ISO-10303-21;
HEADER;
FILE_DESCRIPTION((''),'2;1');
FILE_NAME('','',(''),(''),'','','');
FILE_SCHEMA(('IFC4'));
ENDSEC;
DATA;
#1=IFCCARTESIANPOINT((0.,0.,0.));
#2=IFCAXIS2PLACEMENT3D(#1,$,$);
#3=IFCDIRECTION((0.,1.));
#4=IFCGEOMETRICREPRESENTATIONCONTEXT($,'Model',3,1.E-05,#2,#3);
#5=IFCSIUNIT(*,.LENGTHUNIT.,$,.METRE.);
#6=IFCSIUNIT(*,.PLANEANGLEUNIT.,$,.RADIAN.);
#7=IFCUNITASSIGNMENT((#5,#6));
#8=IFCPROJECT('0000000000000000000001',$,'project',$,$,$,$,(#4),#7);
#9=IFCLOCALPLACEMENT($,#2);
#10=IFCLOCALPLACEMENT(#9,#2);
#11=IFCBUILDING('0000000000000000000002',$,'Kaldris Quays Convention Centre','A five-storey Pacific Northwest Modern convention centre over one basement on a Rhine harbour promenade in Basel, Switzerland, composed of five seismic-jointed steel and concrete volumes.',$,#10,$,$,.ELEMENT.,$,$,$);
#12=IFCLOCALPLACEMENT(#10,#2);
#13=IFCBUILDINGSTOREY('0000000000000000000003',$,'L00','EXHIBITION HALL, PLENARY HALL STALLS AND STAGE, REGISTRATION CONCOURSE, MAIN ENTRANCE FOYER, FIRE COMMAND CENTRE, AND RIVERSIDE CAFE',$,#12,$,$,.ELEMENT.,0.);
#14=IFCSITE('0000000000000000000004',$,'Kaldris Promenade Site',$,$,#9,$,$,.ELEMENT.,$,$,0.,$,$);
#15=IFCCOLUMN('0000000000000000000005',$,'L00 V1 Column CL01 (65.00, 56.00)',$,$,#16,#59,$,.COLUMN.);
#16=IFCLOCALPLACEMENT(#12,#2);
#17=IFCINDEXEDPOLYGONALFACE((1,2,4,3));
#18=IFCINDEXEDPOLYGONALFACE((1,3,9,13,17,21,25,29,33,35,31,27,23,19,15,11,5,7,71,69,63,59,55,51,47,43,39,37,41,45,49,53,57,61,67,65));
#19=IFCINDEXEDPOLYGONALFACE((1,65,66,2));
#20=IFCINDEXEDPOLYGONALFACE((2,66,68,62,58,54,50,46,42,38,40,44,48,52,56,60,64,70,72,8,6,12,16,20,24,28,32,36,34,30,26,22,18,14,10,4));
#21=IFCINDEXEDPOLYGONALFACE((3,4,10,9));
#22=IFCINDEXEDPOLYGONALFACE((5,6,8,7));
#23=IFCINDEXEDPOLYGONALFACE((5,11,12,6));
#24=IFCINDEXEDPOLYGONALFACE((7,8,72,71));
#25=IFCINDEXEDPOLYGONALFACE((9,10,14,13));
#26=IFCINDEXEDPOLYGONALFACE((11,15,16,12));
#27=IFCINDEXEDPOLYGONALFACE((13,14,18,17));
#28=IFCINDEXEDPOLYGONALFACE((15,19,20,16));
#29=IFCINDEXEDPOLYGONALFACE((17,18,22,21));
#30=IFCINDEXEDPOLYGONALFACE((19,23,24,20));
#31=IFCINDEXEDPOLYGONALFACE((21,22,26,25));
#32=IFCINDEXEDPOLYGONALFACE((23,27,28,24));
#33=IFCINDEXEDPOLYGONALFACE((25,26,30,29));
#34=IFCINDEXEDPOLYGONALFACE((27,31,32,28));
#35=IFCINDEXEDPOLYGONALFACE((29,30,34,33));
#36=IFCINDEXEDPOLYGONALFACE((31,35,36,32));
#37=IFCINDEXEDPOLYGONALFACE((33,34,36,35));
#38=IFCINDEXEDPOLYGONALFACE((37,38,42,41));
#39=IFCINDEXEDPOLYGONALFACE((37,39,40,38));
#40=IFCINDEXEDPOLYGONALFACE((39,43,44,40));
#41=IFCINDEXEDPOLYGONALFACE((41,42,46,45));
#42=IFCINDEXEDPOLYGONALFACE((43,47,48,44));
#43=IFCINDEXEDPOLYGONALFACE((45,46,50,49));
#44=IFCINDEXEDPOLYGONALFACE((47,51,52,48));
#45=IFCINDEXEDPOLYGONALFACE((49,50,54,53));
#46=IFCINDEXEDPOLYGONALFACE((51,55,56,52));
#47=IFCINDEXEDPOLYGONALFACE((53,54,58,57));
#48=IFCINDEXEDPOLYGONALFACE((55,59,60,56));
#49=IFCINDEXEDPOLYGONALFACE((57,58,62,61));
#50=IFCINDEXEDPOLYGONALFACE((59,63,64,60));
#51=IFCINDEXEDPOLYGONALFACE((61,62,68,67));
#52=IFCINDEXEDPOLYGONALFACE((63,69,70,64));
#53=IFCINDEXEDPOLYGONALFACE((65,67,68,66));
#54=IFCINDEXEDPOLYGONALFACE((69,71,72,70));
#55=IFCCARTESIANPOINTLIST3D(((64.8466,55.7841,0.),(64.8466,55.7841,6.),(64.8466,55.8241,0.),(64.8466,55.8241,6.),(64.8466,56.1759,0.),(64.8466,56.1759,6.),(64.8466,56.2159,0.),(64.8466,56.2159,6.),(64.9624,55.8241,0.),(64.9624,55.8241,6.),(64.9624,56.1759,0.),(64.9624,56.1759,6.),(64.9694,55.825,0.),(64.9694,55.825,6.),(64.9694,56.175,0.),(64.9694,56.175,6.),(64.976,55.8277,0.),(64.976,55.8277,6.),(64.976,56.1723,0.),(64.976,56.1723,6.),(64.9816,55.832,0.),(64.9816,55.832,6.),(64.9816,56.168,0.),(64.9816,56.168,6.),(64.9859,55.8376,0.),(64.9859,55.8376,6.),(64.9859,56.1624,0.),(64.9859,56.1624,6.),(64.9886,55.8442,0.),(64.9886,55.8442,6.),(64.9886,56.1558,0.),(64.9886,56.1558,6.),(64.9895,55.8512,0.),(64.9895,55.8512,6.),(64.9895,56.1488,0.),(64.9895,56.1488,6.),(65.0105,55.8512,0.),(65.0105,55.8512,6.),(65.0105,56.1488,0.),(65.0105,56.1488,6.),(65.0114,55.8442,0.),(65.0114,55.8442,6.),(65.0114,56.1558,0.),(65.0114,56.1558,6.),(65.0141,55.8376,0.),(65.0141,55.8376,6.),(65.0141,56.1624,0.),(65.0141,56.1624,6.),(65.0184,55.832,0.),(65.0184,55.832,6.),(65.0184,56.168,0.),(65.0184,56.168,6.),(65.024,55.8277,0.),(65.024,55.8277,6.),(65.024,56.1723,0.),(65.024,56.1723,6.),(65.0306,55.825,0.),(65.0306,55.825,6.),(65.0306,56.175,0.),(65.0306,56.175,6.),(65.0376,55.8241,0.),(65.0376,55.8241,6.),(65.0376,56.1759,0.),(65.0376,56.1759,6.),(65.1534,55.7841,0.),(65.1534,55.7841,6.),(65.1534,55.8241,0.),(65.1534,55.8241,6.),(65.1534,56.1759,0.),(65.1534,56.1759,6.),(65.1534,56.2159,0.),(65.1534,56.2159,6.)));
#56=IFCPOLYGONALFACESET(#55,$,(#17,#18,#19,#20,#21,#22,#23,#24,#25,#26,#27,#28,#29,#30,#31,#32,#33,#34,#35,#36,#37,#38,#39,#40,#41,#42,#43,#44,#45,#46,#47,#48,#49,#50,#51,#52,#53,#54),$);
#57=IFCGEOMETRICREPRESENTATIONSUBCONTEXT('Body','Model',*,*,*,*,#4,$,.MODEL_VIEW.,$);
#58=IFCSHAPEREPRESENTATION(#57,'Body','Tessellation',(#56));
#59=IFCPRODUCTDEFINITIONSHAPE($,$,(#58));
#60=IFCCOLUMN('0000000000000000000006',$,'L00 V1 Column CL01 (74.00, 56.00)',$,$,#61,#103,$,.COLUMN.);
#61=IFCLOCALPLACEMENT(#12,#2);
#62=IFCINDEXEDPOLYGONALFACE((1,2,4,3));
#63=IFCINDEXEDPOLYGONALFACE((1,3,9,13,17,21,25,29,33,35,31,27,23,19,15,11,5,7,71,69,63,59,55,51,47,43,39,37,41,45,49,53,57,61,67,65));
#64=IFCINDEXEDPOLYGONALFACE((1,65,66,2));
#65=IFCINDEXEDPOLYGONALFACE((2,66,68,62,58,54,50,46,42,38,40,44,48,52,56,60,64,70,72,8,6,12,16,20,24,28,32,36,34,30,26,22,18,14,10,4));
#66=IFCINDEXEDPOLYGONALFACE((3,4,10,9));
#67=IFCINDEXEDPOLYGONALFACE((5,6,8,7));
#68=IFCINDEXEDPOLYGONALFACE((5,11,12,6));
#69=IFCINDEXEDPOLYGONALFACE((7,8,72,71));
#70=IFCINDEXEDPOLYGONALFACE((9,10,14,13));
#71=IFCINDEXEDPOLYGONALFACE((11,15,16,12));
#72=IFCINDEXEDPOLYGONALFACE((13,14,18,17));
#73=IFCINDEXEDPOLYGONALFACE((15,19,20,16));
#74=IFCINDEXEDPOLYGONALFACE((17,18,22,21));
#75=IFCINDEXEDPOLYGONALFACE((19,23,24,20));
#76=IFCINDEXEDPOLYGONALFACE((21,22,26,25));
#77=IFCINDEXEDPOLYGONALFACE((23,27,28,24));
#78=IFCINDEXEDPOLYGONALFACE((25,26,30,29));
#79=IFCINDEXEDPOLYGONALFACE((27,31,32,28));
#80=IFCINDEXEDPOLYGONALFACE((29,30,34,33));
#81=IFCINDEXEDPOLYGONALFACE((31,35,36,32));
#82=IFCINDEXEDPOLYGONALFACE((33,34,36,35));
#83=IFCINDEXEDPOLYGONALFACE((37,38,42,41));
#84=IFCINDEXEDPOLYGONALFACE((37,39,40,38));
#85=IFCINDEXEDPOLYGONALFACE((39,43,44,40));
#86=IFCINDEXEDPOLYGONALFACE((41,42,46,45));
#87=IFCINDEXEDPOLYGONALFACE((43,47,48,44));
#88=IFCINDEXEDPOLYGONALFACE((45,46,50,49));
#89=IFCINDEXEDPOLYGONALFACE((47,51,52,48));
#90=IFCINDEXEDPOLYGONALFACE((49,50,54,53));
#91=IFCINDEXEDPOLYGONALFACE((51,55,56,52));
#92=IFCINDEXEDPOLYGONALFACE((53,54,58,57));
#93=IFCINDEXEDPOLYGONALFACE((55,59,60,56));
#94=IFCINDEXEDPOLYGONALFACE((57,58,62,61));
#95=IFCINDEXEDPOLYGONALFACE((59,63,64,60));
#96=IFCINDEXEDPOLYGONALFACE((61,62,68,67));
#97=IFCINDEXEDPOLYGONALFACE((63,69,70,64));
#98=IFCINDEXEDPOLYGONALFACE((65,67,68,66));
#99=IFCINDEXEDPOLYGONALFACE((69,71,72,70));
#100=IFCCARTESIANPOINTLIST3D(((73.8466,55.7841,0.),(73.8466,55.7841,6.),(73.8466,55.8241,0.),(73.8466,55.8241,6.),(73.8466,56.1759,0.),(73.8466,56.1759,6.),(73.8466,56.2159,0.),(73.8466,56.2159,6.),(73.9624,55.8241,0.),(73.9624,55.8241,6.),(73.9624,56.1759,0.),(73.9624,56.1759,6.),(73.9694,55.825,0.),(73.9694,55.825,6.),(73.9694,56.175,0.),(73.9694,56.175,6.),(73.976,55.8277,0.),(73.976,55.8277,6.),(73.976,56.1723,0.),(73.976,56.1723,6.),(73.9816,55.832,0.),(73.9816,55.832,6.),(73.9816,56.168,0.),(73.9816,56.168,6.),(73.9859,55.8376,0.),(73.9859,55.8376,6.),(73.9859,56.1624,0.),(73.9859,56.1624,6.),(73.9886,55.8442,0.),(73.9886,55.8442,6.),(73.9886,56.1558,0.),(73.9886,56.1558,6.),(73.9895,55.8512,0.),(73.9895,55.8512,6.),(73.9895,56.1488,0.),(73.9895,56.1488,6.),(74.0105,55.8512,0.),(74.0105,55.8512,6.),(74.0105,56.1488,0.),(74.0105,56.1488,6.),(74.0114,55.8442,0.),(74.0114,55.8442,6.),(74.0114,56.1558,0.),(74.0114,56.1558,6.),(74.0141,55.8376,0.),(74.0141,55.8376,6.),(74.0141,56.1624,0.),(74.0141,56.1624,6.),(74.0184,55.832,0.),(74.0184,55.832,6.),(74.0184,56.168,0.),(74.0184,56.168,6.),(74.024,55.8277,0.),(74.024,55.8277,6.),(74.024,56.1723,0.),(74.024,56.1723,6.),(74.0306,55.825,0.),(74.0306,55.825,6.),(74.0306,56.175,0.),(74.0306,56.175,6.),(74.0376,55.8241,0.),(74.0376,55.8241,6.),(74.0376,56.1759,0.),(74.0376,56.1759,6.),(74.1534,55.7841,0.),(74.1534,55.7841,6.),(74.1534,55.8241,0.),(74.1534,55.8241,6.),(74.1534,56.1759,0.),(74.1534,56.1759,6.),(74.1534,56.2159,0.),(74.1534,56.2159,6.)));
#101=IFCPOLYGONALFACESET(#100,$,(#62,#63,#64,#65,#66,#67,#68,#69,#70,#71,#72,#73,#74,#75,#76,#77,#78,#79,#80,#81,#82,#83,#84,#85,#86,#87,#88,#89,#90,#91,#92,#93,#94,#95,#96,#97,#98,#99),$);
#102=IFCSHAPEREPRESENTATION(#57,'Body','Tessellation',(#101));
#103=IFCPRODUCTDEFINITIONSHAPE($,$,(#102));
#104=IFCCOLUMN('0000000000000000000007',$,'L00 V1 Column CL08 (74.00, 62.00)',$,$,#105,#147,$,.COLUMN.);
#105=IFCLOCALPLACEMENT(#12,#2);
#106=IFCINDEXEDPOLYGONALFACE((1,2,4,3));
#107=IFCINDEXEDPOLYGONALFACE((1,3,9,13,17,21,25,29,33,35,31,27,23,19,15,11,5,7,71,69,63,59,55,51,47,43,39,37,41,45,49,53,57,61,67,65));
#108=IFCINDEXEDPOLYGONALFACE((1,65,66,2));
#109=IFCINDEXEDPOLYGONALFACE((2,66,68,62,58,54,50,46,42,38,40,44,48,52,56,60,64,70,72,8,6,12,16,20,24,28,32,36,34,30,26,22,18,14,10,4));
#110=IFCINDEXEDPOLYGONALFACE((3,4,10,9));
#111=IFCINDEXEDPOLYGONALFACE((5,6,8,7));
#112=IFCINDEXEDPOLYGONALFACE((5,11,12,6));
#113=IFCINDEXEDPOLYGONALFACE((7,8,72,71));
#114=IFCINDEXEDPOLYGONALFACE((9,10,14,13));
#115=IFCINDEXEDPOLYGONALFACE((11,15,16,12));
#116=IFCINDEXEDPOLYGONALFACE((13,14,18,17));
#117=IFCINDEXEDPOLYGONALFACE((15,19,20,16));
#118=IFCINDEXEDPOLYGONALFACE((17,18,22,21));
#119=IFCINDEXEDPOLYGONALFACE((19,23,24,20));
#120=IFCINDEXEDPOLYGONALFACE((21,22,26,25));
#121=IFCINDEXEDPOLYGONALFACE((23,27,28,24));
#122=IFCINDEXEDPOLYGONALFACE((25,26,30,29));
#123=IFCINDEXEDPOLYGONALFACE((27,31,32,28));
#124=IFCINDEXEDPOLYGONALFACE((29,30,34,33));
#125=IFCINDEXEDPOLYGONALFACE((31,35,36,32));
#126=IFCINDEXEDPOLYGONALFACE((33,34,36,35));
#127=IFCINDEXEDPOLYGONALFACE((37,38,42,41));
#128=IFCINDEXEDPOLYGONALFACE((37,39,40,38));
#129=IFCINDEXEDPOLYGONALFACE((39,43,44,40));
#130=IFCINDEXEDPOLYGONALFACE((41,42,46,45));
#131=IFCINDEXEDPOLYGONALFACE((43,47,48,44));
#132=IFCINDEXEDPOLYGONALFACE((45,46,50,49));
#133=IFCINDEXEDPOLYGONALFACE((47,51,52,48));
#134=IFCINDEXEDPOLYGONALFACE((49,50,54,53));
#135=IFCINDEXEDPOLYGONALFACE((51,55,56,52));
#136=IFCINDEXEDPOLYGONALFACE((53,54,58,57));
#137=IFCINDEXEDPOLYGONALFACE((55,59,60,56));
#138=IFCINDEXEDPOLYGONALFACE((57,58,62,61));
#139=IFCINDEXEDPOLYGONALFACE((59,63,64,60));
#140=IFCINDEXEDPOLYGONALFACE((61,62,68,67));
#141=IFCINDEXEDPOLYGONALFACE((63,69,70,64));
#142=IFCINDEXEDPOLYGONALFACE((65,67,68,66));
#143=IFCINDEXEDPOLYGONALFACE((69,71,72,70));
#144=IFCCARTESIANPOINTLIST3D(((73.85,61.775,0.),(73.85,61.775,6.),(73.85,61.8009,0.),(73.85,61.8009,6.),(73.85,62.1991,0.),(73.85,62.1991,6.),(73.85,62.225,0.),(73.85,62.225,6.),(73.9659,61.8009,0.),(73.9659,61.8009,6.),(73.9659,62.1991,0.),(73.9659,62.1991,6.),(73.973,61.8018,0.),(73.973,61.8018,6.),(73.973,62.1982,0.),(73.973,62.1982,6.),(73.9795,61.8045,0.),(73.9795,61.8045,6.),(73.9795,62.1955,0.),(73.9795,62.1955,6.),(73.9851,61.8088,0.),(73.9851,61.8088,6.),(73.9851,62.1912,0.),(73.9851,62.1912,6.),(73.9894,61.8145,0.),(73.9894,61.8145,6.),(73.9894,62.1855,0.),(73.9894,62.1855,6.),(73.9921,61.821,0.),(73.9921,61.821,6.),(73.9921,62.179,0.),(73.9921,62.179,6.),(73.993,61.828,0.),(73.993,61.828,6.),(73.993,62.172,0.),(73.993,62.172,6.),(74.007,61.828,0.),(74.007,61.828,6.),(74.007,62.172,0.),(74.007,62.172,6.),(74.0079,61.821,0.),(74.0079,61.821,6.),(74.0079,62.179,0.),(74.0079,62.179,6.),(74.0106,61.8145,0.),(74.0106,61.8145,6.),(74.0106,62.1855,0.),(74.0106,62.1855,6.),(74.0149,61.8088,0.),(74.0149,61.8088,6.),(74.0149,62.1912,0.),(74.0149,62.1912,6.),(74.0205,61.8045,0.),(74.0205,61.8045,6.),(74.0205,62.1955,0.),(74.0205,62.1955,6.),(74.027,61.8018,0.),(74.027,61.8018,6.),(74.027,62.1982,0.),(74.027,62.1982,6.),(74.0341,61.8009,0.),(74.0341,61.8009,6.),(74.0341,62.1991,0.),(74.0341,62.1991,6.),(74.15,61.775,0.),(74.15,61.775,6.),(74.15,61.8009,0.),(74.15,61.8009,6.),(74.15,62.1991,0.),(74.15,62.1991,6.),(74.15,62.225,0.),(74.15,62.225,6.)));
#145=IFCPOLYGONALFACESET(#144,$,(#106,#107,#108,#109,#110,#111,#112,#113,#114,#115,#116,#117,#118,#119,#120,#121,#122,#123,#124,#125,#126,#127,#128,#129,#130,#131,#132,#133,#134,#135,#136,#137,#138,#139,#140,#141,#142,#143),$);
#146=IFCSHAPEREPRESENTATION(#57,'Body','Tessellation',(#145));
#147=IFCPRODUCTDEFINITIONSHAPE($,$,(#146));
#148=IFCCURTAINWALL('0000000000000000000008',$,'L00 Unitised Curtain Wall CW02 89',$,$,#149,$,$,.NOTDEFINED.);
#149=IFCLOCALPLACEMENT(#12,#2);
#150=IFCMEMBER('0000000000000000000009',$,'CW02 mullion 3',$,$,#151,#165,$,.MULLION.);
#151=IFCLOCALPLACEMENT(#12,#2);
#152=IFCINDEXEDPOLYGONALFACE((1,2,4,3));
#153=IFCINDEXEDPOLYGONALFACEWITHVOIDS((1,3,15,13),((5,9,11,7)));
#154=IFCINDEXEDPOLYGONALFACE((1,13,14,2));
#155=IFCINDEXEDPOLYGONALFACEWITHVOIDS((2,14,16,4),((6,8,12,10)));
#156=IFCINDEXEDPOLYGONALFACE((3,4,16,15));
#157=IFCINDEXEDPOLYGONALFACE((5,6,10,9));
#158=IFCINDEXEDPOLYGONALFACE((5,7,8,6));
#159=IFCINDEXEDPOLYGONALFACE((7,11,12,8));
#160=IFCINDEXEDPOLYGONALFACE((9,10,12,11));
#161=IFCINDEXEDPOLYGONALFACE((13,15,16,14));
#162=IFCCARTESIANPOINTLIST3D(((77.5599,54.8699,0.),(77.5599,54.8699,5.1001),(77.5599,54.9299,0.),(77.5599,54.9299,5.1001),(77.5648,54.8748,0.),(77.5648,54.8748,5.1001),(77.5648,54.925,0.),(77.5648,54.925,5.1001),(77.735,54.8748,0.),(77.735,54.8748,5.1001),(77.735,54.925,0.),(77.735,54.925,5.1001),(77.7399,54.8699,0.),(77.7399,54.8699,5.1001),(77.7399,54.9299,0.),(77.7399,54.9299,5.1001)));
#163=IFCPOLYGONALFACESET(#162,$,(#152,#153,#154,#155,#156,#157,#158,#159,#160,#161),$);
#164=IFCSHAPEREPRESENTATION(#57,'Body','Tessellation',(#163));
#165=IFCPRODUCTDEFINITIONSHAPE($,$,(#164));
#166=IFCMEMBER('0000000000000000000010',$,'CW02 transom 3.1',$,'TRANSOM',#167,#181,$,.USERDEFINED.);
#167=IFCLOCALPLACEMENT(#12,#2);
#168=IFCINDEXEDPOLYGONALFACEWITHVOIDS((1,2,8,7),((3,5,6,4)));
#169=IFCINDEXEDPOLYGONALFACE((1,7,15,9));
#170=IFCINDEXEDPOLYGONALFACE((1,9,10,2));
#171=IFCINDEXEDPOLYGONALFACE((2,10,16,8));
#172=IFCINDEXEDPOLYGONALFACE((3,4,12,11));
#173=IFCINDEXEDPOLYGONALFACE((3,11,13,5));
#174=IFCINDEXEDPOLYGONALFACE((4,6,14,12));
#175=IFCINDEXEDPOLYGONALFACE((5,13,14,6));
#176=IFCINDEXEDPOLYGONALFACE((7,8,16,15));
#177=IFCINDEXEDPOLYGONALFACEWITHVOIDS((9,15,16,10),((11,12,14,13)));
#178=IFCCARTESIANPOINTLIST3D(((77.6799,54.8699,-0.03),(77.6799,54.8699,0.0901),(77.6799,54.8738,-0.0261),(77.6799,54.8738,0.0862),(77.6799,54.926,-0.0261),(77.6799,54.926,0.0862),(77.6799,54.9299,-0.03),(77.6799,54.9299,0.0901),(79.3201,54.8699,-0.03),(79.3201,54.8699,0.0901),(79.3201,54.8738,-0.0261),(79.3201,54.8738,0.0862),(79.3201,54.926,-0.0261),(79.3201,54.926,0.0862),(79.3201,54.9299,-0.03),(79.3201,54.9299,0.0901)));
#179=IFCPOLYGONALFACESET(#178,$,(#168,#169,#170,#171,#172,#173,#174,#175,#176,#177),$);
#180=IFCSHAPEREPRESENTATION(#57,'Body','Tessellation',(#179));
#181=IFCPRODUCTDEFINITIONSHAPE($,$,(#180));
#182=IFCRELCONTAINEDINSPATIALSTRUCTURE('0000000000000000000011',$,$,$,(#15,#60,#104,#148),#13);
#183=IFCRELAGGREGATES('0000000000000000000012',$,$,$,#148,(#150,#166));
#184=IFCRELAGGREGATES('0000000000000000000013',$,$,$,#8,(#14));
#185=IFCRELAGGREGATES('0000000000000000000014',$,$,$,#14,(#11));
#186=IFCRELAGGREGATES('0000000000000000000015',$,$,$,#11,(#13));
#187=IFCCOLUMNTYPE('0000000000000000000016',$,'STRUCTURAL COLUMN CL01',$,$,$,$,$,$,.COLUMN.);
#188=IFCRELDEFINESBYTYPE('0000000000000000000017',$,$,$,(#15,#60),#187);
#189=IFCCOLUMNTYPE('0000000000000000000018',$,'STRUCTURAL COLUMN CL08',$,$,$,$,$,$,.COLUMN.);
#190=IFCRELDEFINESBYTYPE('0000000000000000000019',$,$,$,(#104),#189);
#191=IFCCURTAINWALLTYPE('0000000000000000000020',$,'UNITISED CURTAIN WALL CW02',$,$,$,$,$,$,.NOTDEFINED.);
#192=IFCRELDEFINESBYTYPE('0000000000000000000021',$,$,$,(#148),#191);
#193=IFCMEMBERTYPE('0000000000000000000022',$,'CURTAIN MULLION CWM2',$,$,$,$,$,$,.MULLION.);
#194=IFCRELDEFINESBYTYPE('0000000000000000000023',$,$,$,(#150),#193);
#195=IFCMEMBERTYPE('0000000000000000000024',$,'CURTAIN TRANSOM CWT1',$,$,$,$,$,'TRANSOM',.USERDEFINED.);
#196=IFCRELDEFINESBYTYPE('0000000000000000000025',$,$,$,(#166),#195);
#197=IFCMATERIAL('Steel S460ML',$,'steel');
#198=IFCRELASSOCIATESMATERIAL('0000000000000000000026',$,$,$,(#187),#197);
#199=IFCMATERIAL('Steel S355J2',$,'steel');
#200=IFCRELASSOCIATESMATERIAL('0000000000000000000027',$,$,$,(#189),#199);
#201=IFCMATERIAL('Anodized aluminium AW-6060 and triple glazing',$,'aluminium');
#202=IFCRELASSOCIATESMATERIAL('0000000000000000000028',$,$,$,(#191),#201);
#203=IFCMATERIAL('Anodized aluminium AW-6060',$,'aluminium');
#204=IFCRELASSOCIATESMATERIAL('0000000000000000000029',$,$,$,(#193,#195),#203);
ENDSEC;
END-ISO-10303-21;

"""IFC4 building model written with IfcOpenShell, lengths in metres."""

from ifc_helpers import new_model, si_unit, direction, frame, origin, origin_2d, place, context, subcontext, project, spatial, hollow_rectangle, i_section, extrude, material, material_profile, profile_set, type_object, element, aggregate, save


model = new_model("IFC4")

# Units and contexts
model_context = context("Model", 3, precision=1e-05, world=origin(), true_north=direction((0.0, 1.0)))
body_context = subcontext(model_context, "Body", "Model", "MODEL_VIEW")
ifc_project = project(units=[si_unit("LENGTHUNIT", "METRE"), si_unit("PLANEANGLEUNIT", "RADIAN")], contexts=[model_context])

# Site, building, storey
site_placement = place(None, origin())
site = spatial("IfcSite", under=ifc_project, at=site_placement, Name="Kaldris Promenade Site", CompositionType="ELEMENT", RefElevation=0.0)
building_placement = place(site_placement, origin())
building = spatial("IfcBuilding", under=site, at=building_placement, Name="Kaldris Quays Convention Centre", Description="A five-storey Pacific Northwest Modern convention centre over one basement on a Rhine harbour promenade in Basel, Switzerland, composed of five seismic-jointed steel and concrete volumes.", CompositionType="ELEMENT")
storey_placement = place(building_placement, origin())
storey = spatial("IfcBuildingStorey", under=building, at=storey_placement, Name="L00", Description="EXHIBITION HALL, PLENARY HALL STALLS AND STAGE, REGISTRATION CONCOURSE, MAIN ENTRANCE FOYER, FIRE COMMAND CENTRE, AND RIVERSIDE CAFE", CompositionType="ELEMENT", Elevation=0.0)

# Columns
ifc_material_1 = material(Name="Steel S460ML", Category="steel")
ifc_material_profile_1 = material_profile(ifc_material_1, i_section(OverallWidth=0.3069, OverallDepth=0.4319, WebThickness=0.021, FlangeThickness=0.04, FilletRadius=0.0271, at=origin_2d()), Name="HEM 400")
ifc_profile_set_1 = profile_set([ifc_material_profile_1], Name="Steel S460ML")
column_type_1 = type_object("IfcColumnType", Name="STRUCTURAL COLUMN CL01", PredefinedType="COLUMN", material=ifc_profile_set_1)
for number, where, z_axis, x_axis, name in (
    (1, (65.0, 56.0, 0.0), (0.0, 0.0, 1.0), (1.0, 0.0, 0.0), "L00 V1 Column CL01 (65.00, 56.00)"),
    (2, (74.0, 56.0, 0.0), (0.0, 0.0, 1.0), (1.0, 0.0, 0.0), "L00 V1 Column CL01 (74.00, 56.00)"),
):
    element("IfcColumn", number, at=place(storey_placement, frame(where, z_axis=z_axis, x_axis=x_axis)), inside=storey, type_object=column_type_1, Name=name, PredefinedType="COLUMN", context=body_context, shape_type="SweptSolid", body=[
        extrude(i_section(OverallWidth=0.3069, OverallDepth=0.4319, WebThickness=0.021, FlangeThickness=0.04, FilletRadius=0.0271, at=origin_2d()), origin(), (0.0, 0.0, 1.0), 6.0),
    ])
ifc_material_2 = material(Name="Steel S355J2", Category="steel")
ifc_material_profile_2 = material_profile(ifc_material_2, i_section(OverallWidth=0.3, OverallDepth=0.45, WebThickness=0.0139, FlangeThickness=0.0259, FilletRadius=0.0271, at=origin_2d()), Name="HEB 450")
ifc_profile_set_2 = profile_set([ifc_material_profile_2], Name="Steel S355J2")
column_type_2 = type_object("IfcColumnType", Name="STRUCTURAL COLUMN CL08", PredefinedType="COLUMN", material=ifc_profile_set_2)
column_placement = place(storey_placement, frame((74.0, 62.0, 0.0), z_axis=(0.0, 0.0, 1.0), x_axis=(1.0, 0.0, 0.0)))
element("IfcColumn", 3, at=column_placement, inside=storey, type_object=column_type_2, Name="L00 V1 Column CL08 (74.00, 62.00)", PredefinedType="COLUMN", context=body_context, shape_type="SweptSolid", body=[
    extrude(i_section(OverallWidth=0.3, OverallDepth=0.45, WebThickness=0.0139, FlangeThickness=0.0259, FilletRadius=0.0271, at=origin_2d()), origin(), (0.0, 0.0, 1.0), 6.0),
])

# Curtain wall, members
ifc_material_3 = material(Name="Anodized aluminium AW-6060 and triple glazing", Category="aluminium")
curtain_wall_type = type_object("IfcCurtainWallType", Name="UNITISED CURTAIN WALL CW02", PredefinedType="NOTDEFINED", material=ifc_material_3)
curtain_wall_placement = place(storey_placement, origin())
curtain_wall = element("IfcCurtainWall", 4, at=curtain_wall_placement, inside=storey, type_object=curtain_wall_type, Name="L00 Unitised Curtain Wall CW02 89", PredefinedType="NOTDEFINED")
ifc_material_4 = material(Name="Anodized aluminium AW-6060", Category="aluminium")
ifc_material_profile_3 = material_profile(ifc_material_4, hollow_rectangle(XDim=0.0601, YDim=0.1799, WallThickness=0.0049, at=origin_2d()), Name="RHS 180x60x5")
ifc_profile_set_3 = profile_set([ifc_material_profile_3], Name="Anodized aluminium AW-6060")
member_type_1 = type_object("IfcMemberType", Name="CURTAIN MULLION CWM2", PredefinedType="MULLION", material=ifc_profile_set_3)
member_1_placement = place(storey_placement, frame((77.6499, 54.8999, 0.0), z_axis=(0.0, 0.0, 1.0), x_axis=(0.0, 1.0, 0.0)))
member_1 = element("IfcMember", 5, at=member_1_placement, type_object=member_type_1, Name="CW02 mullion 3", PredefinedType="MULLION", context=body_context, shape_type="SweptSolid", body=[
    extrude(hollow_rectangle(XDim=0.0601, YDim=0.1799, WallThickness=0.0049, at=origin_2d()), origin(), (0.0, 0.0, 1.0), 5.1001),
])
ifc_material_profile_4 = material_profile(ifc_material_4, hollow_rectangle(XDim=0.0601, YDim=0.1201, WallThickness=0.0039, at=origin_2d()), Name="RHS 120x60x4")
ifc_profile_set_4 = profile_set([ifc_material_profile_4], Name="Anodized aluminium AW-6060")
member_type_2 = type_object("IfcMemberType", Name="CURTAIN TRANSOM CWT1", ElementType="TRANSOM", PredefinedType="USERDEFINED", material=ifc_profile_set_4)
member_2_placement = place(storey_placement, frame((77.6799, 54.8999, 0.03), z_axis=(1.0, 0.0, 0.0), x_axis=(0.0, 1.0, 0.0)))
member_2 = element("IfcMember", 6, at=member_2_placement, type_object=member_type_2, Name="CW02 transom 3.1", ObjectType="TRANSOM", PredefinedType="USERDEFINED", context=body_context, shape_type="SweptSolid", body=[
    extrude(hollow_rectangle(XDim=0.0601, YDim=0.1201, WallThickness=0.0039, at=origin_2d()), origin(), (0.0, 0.0, 1.0), 1.6401),
])

aggregate(curtain_wall, [member_1, member_2])

save(model, "model.ifc")
